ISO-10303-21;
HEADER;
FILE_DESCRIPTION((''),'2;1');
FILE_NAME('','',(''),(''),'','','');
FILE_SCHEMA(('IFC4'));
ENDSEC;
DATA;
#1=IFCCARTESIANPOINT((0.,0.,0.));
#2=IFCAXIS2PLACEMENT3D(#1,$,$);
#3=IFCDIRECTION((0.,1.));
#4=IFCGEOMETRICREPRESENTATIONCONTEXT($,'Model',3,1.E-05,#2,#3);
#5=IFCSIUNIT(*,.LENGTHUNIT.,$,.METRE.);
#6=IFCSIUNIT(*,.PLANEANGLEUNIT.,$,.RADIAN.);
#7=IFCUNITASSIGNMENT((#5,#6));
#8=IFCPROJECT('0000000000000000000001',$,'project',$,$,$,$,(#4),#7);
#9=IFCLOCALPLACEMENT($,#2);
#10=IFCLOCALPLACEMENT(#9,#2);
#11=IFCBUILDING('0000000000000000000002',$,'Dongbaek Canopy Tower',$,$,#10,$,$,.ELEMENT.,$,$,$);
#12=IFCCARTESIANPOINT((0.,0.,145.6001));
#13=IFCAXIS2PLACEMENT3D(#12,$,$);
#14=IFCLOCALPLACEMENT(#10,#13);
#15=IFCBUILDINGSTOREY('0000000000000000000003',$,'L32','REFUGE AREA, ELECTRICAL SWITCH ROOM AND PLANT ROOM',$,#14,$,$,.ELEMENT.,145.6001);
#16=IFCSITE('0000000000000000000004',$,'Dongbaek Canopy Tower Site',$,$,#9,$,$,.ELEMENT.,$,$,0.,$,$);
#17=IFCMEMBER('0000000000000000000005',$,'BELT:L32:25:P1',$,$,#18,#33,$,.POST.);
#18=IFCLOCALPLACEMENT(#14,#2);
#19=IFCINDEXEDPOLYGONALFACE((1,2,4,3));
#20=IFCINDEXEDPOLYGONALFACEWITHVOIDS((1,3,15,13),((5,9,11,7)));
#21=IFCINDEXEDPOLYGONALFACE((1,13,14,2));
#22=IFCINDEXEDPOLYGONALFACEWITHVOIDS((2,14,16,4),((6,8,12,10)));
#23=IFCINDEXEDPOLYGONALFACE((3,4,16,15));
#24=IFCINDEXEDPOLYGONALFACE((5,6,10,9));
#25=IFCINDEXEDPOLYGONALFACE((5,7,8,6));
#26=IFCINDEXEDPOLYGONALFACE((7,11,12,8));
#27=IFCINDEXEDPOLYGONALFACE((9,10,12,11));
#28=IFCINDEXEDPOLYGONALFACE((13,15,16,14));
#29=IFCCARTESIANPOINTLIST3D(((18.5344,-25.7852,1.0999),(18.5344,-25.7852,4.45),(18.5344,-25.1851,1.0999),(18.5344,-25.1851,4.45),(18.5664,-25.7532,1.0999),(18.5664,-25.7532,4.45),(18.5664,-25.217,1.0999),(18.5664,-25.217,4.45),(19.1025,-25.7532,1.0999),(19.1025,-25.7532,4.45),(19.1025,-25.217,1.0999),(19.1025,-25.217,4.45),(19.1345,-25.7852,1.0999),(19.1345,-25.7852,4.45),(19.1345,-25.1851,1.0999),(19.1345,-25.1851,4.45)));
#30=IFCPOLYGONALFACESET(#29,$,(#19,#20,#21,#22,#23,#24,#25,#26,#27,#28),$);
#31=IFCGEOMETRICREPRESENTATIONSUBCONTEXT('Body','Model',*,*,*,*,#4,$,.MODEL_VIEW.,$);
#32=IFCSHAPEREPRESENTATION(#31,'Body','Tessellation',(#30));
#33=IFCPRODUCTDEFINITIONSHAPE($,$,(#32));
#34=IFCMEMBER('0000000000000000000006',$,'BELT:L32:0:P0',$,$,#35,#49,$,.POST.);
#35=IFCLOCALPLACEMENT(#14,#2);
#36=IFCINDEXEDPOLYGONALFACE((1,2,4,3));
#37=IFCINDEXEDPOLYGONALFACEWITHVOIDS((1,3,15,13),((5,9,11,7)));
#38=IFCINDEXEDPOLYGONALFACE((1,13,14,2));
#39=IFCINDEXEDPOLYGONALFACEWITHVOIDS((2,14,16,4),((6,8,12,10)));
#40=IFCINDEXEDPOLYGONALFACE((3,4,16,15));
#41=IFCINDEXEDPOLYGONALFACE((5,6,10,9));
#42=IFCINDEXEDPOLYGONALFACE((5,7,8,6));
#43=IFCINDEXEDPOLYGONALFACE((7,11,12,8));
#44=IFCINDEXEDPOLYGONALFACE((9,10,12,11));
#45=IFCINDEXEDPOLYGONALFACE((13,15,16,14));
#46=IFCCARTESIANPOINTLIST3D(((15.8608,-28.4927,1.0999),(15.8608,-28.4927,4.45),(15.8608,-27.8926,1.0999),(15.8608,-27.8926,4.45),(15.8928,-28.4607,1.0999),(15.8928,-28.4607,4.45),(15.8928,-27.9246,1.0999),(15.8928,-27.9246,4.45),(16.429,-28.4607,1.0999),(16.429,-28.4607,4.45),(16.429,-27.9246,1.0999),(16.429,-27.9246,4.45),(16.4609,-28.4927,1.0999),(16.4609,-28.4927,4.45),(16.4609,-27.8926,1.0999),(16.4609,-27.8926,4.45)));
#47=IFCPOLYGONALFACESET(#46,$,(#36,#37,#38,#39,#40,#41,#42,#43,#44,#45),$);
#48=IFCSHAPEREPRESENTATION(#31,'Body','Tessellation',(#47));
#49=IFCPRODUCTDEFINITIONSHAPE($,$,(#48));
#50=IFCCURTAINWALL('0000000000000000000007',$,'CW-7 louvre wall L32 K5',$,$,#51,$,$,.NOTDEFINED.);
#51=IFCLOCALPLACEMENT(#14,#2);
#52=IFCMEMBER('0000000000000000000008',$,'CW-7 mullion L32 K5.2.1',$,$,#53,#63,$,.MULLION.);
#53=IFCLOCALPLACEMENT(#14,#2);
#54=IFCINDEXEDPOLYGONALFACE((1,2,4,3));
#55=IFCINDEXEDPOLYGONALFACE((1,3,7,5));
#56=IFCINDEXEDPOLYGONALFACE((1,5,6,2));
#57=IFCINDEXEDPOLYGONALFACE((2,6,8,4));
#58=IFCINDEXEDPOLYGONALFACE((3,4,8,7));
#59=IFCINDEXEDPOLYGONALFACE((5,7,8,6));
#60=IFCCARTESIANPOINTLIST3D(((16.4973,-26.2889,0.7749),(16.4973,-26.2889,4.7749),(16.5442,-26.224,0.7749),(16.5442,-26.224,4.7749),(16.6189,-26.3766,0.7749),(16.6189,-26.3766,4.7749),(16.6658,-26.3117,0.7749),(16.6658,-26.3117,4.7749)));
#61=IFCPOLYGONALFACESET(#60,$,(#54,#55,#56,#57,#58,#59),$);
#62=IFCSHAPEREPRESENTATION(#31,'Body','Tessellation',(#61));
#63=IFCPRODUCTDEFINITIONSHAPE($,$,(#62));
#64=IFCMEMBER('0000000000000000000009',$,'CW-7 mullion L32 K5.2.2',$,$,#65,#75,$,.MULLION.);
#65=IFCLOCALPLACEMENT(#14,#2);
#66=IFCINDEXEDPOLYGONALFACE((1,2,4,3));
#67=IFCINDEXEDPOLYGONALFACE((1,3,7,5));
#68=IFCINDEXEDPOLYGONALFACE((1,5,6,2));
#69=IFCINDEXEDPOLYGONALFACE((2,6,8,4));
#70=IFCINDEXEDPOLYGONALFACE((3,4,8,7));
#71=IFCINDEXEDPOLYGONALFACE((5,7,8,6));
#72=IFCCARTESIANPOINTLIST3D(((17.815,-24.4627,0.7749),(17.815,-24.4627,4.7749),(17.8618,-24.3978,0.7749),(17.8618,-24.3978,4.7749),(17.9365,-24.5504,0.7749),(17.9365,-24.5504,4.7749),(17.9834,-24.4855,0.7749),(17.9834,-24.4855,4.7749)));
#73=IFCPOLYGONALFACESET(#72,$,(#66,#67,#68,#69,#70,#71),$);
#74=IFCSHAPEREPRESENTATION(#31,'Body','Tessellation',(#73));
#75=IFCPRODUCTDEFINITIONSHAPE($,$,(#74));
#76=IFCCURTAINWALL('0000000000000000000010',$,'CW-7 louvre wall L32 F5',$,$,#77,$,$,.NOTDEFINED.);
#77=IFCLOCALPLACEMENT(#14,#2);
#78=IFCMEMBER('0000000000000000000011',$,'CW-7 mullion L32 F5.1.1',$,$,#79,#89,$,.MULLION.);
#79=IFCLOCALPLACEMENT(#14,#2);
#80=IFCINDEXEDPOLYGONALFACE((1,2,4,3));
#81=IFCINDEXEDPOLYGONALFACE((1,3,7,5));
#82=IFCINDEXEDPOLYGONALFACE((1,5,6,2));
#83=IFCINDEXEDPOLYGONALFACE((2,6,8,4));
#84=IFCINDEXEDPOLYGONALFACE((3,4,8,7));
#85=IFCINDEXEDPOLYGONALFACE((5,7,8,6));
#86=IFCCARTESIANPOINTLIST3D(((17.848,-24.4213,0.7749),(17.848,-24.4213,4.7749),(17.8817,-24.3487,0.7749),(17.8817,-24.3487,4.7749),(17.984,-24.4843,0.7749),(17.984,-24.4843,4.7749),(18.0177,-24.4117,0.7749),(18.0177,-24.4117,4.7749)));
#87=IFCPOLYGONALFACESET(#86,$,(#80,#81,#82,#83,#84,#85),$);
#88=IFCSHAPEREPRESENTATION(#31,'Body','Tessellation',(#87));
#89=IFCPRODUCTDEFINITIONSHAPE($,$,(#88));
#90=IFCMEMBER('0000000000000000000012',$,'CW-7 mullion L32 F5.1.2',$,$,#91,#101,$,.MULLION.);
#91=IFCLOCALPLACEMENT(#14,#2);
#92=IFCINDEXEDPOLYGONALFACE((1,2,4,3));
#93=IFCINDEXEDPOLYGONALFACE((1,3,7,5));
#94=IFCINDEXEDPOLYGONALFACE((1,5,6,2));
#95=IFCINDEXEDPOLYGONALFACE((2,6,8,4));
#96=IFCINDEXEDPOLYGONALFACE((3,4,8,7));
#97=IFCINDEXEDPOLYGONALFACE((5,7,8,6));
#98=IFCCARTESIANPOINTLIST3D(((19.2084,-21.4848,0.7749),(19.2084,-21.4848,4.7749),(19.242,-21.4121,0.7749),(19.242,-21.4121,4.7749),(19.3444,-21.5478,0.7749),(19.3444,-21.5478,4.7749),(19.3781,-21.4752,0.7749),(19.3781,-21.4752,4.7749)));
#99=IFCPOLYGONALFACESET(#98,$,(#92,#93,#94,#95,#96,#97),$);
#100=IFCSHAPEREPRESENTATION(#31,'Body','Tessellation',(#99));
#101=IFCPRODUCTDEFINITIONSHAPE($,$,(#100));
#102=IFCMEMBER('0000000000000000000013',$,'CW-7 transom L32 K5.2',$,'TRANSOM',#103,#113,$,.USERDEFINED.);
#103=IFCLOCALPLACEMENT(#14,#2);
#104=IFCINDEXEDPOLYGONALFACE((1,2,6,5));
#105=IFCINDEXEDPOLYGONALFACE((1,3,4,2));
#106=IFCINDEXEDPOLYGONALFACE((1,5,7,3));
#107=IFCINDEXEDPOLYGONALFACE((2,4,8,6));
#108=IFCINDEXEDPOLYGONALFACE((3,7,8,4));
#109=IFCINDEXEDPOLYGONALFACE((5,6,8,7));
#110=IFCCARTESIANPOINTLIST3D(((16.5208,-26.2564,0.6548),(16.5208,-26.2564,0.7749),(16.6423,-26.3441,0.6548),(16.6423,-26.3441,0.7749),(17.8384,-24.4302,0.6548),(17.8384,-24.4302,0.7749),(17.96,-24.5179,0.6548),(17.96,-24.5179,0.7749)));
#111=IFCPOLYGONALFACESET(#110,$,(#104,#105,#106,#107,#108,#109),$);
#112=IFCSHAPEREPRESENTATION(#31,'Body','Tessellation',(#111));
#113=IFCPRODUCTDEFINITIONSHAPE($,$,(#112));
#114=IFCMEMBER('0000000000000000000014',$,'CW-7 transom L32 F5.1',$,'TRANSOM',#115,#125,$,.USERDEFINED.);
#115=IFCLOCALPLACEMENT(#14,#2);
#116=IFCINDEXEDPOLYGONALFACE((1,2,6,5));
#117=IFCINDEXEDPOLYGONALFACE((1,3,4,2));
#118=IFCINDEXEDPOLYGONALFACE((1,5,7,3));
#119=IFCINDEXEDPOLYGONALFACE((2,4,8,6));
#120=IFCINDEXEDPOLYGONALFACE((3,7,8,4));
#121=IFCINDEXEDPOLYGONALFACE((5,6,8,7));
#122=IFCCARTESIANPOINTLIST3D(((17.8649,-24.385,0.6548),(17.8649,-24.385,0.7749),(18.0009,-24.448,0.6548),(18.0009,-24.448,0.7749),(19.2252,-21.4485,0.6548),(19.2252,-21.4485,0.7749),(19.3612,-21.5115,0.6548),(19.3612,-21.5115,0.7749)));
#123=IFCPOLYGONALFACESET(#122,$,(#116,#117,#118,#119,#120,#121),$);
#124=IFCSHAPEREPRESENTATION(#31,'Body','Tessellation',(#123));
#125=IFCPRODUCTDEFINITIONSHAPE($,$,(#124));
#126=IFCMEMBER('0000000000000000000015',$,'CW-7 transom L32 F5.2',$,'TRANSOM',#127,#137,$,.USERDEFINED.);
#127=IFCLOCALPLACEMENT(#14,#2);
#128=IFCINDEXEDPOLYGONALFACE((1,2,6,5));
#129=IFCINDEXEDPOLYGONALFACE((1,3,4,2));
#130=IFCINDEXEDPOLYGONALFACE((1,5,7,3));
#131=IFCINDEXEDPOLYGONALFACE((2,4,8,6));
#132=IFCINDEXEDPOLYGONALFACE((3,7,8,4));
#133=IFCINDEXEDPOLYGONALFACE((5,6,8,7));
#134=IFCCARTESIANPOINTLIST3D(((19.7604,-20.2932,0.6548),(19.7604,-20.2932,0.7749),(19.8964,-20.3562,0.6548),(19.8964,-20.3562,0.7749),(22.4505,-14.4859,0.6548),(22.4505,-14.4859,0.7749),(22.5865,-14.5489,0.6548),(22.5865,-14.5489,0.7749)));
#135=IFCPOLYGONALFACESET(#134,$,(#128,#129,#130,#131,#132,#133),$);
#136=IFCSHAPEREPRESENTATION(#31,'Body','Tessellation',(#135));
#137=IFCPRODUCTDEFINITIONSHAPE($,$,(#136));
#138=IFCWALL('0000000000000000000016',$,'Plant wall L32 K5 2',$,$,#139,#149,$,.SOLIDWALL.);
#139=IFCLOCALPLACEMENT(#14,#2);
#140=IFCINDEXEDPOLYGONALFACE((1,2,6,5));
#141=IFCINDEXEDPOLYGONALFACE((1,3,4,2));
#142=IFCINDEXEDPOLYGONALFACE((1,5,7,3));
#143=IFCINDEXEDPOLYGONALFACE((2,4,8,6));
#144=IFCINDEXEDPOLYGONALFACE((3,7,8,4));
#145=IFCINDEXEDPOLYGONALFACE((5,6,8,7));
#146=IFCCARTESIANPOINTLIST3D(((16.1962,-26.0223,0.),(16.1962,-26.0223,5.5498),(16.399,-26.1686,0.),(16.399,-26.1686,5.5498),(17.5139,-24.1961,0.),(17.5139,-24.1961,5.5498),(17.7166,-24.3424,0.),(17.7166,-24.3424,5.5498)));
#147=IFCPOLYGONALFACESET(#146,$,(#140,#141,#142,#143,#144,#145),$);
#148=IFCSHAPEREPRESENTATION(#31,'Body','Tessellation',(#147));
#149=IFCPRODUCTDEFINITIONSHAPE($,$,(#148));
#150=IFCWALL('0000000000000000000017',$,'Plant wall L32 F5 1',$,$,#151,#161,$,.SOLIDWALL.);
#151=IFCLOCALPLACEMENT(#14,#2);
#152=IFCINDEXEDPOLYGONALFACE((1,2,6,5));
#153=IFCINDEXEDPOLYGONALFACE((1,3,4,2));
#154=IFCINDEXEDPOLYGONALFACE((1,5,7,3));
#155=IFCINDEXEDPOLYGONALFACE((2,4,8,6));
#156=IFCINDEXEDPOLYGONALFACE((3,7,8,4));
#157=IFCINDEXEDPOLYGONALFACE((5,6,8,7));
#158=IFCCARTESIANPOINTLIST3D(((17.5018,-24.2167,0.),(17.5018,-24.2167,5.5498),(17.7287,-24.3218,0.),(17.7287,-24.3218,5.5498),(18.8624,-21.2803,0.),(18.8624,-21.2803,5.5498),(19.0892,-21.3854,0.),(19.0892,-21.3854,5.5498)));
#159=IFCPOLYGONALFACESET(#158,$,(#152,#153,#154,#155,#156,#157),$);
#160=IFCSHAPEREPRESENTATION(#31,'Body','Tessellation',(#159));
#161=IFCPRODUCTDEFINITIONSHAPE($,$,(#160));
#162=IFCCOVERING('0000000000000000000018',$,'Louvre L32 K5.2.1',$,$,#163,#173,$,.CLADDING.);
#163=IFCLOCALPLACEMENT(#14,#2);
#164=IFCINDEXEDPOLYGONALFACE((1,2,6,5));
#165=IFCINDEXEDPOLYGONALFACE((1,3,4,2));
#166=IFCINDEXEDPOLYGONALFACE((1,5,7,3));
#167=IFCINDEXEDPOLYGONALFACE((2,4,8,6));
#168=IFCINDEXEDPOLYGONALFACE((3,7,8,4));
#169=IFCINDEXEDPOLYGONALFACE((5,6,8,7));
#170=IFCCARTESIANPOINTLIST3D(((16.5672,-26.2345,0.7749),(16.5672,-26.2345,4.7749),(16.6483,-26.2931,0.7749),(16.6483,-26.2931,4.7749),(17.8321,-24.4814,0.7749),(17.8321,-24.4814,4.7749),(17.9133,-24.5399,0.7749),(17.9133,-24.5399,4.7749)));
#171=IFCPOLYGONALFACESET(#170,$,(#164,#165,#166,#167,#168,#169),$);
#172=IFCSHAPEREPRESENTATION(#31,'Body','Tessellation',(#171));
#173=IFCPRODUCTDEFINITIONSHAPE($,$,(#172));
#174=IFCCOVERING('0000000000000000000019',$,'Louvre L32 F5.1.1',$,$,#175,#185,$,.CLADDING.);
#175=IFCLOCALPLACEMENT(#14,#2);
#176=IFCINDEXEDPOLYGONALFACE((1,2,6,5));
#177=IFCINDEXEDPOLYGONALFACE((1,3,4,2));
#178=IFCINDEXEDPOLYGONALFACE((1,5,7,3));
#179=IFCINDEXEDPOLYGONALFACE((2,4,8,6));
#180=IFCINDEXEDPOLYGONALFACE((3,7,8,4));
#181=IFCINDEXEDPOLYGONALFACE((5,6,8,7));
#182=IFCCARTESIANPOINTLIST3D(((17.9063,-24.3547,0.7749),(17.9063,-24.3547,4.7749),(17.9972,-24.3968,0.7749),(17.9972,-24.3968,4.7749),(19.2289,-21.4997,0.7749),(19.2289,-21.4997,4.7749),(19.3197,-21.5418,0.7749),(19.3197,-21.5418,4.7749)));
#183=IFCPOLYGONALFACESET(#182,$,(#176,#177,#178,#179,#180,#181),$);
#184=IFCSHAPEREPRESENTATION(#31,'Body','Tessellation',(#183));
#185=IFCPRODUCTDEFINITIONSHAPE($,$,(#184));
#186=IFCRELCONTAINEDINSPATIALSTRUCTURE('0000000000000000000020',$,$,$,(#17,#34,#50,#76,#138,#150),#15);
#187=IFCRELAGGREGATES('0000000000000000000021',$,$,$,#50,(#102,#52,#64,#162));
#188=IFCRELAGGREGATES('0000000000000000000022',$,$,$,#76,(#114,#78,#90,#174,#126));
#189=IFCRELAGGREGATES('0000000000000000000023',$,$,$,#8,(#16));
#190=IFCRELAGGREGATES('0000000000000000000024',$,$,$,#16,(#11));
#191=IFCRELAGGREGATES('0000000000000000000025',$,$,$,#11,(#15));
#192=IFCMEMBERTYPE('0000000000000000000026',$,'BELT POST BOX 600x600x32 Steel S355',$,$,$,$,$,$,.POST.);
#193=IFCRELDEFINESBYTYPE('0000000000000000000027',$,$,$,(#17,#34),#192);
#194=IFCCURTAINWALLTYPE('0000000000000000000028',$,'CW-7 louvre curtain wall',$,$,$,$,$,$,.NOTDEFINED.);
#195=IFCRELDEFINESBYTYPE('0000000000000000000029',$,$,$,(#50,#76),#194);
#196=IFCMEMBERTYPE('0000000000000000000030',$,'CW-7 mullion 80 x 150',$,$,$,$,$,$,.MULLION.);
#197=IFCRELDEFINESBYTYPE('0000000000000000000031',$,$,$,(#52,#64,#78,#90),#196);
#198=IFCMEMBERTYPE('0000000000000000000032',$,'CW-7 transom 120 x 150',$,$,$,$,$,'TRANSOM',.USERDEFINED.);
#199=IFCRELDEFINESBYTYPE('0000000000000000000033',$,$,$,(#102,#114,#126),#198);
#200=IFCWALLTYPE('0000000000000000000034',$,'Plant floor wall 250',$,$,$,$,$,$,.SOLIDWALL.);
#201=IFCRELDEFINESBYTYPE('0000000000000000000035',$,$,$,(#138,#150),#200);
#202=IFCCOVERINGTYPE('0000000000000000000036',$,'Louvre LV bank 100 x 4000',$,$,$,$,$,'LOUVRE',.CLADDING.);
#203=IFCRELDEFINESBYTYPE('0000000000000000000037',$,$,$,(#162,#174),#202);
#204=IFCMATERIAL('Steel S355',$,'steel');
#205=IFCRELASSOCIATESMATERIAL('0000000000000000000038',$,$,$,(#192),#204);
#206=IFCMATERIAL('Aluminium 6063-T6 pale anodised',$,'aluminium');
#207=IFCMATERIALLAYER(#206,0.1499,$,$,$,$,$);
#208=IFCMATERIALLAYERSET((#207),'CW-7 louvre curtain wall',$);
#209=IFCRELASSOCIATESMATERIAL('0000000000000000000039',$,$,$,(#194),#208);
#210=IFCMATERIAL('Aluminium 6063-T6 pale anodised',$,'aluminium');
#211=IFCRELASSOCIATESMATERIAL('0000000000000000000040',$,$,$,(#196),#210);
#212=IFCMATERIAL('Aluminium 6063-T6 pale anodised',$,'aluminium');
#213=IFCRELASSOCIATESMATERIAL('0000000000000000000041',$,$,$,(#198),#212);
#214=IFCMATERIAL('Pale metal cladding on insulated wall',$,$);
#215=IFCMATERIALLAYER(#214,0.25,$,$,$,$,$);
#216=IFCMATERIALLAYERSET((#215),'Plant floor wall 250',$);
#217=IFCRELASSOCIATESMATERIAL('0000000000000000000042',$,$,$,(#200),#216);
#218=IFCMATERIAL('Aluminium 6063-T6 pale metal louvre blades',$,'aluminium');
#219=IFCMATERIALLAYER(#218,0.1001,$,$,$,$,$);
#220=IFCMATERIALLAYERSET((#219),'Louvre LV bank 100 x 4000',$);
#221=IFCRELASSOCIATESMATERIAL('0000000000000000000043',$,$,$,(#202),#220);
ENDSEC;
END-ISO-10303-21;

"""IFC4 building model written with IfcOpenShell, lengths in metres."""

from ifc_helpers import new_model, si_unit, direction, frame, frame_2d, origin, origin_2d, place, context, subcontext, project, spatial, rectangle, hollow_rectangle, extrude, material, layer, layer_set, material_profile, profile_set, type_object, element, aggregate, save


model = new_model("IFC4")

# Units and contexts
model_context = context("Model", 3, precision=1e-05, world=origin(), true_north=direction((0.0, 1.0)))
body_context = subcontext(model_context, "Body", "Model", "MODEL_VIEW")
ifc_project = project(units=[si_unit("LENGTHUNIT", "METRE"), si_unit("PLANEANGLEUNIT", "RADIAN")], contexts=[model_context])

# Site, building, storey
site_placement = place(None, origin())
site = spatial("IfcSite", under=ifc_project, at=site_placement, Name="Dongbaek Canopy Tower Site", CompositionType="ELEMENT", RefElevation=0.0)
building_placement = place(site_placement, origin())
building = spatial("IfcBuilding", under=site, at=building_placement, Name="Dongbaek Canopy Tower", CompositionType="ELEMENT")
storey_placement = place(building_placement, frame((0.0, 0.0, 145.6001)))
storey = spatial("IfcBuildingStorey", under=building, at=storey_placement, Name="L32", Description="REFUGE AREA, ELECTRICAL SWITCH ROOM AND PLANT ROOM", CompositionType="ELEMENT", Elevation=145.6001)

# Members
ifc_material_1 = material(Name="Steel S355", Category="steel")
ifc_material_profile_1 = material_profile(ifc_material_1, hollow_rectangle(XDim=0.6001, YDim=0.6001, WallThickness=0.032, at=origin_2d()), Name="BELT POST BOX 600x600x32 Steel S355")
ifc_profile_set_1 = profile_set([ifc_material_profile_1], Name="Steel S355")
member_type_1 = type_object("IfcMemberType", Name="BELT POST BOX 600x600x32 Steel S355", PredefinedType="POST", material=ifc_profile_set_1)
for number, where, z_axis, x_axis, name in (
    (1, (18.8345, -25.4851, 1.0999), (0.0, 0.0, 1.0), (1.0, 0.0, 0.0), "BELT:L32:25:P1"),
    (2, (16.1609, -28.1926, 1.0999), (0.0, 0.0, 1.0), (1.0, 0.0, 0.0), "BELT:L32:0:P0"),
):
    element("IfcMember", number, at=place(storey_placement, frame(where, z_axis=z_axis, x_axis=x_axis)), inside=storey, type_object=member_type_1, Name=name, PredefinedType="POST", context=body_context, shape_type="SweptSolid", body=[
        extrude(hollow_rectangle(XDim=0.6001, YDim=0.6001, WallThickness=0.032, at=origin_2d()), origin(), (0.0, 0.0, 1.0), 3.3501),
    ])

# Curtain walls, members
ifc_material_2 = material(Name="Aluminium 6063-T6 pale anodised", Category="aluminium")
ifc_layer_1 = layer(ifc_material_2, 0.1499)
ifc_layer_set_1 = layer_set([ifc_layer_1], Name="CW-7 louvre curtain wall")
curtain_wall_type = type_object("IfcCurtainWallType", Name="CW-7 louvre curtain wall", PredefinedType="NOTDEFINED", material=ifc_layer_set_1)
curtain_wall_1_placement = place(storey_placement, origin())
curtain_wall_1 = element("IfcCurtainWall", 3, at=curtain_wall_1_placement, inside=storey, type_object=curtain_wall_type, Name="CW-7 louvre wall L32 K5", PredefinedType="NOTDEFINED")
ifc_material_3 = material(Name="Aluminium 6063-T6 pale anodised", Category="aluminium")
ifc_material_profile_2 = material_profile(ifc_material_3, rectangle(XDim=0.1499, YDim=0.0801, at=origin_2d()), Name="CW-7 mullion 80 x 150")
ifc_profile_set_2 = profile_set([ifc_material_profile_2], Name="Aluminium 6063-T6 pale anodised")
member_type_2 = type_object("IfcMemberType", Name="CW-7 mullion 80 x 150", PredefinedType="MULLION", material=ifc_profile_set_2)
member_1_placement = place(storey_placement, frame((16.5815, -26.3003, 0.7749), z_axis=(0.0, 0.0, 1.0), x_axis=(0.810937, -0.585133, 0.0)))
member_1 = element("IfcMember", 4, at=member_1_placement, type_object=member_type_2, Name="CW-7 mullion L32 K5.2.1", PredefinedType="MULLION", context=body_context, shape_type="SweptSolid", body=[
    extrude(rectangle(XDim=0.1499, YDim=0.0801, at=origin_2d()), origin(), (0.0, 0.0, 1.0), 4.0),
])
member_2_placement = place(storey_placement, frame((17.8992, -24.4741, 0.7749), z_axis=(0.0, 0.0, 1.0), x_axis=(0.810937, -0.585133, 0.0)))
member_2 = element("IfcMember", 5, at=member_2_placement, type_object=member_type_2, Name="CW-7 mullion L32 K5.2.2", PredefinedType="MULLION", context=body_context, shape_type="SweptSolid", body=[
    extrude(rectangle(XDim=0.1499, YDim=0.0801, at=origin_2d()), origin(), (0.0, 0.0, 1.0), 4.0),
])
curtain_wall_2_placement = place(storey_placement, origin())
curtain_wall_2 = element("IfcCurtainWall", 6, at=curtain_wall_2_placement, inside=storey, type_object=curtain_wall_type, Name="CW-7 louvre wall L32 F5", PredefinedType="NOTDEFINED")
member_3_placement = place(storey_placement, frame((17.9329, -24.4165, 0.7749), z_axis=(0.0, 0.0, 1.0), x_axis=(0.907369, -0.420334, 0.0)))
member_3 = element("IfcMember", 7, at=member_3_placement, type_object=member_type_2, Name="CW-7 mullion L32 F5.1.1", PredefinedType="MULLION", context=body_context, shape_type="SweptSolid", body=[
    extrude(rectangle(XDim=0.1499, YDim=0.0801, at=origin_2d()), origin(), (0.0, 0.0, 1.0), 4.0),
])
member_4_placement = place(storey_placement, frame((19.2932, -21.48, 0.7749), z_axis=(0.0, 0.0, 1.0), x_axis=(0.907369, -0.420334, 0.0)))
member_4 = element("IfcMember", 8, at=member_4_placement, type_object=member_type_2, Name="CW-7 mullion L32 F5.1.2", PredefinedType="MULLION", context=body_context, shape_type="SweptSolid", body=[
    extrude(rectangle(XDim=0.1499, YDim=0.0801, at=origin_2d()), origin(), (0.0, 0.0, 1.0), 4.0),
])

# Members
ifc_material_4 = material(Name="Aluminium 6063-T6 pale anodised", Category="aluminium")
ifc_material_profile_3 = material_profile(ifc_material_4, rectangle(XDim=0.1499, YDim=0.1201, at=origin_2d()), Name="CW-7 transom 120 x 150")
ifc_profile_set_3 = profile_set([ifc_material_profile_3], Name="Aluminium 6063-T6 pale anodised")
member_type_3 = type_object("IfcMemberType", Name="CW-7 transom 120 x 150", ElementType="TRANSOM", PredefinedType="USERDEFINED", material=ifc_profile_set_3)
member_5_placement = place(storey_placement, frame((16.5815, -26.3003, 0.7148), z_axis=(0.585118, 0.810948, 0.0), x_axis=(-0.810948, 0.585118, 0.0)))
member_5 = element("IfcMember", 9, at=member_5_placement, type_object=member_type_3, Name="CW-7 transom L32 K5.2", ObjectType="TRANSOM", PredefinedType="USERDEFINED", context=body_context, shape_type="SweptSolid", body=[
    extrude(rectangle(XDim=0.1499, YDim=0.1201, at=origin_2d()), origin(), (0.0, 0.0, 1.0), 2.252),
])
member_6_placement = place(storey_placement, frame((17.9329, -24.4165, 0.7148), z_axis=(0.42034, 0.907367, 0.0), x_axis=(-0.907367, 0.42034, 0.0)))
member_6 = element("IfcMember", 10, at=member_6_placement, type_object=member_type_3, Name="CW-7 transom L32 F5.1", ObjectType="TRANSOM", PredefinedType="USERDEFINED", context=body_context, shape_type="SweptSolid", body=[
    extrude(rectangle(XDim=0.1499, YDim=0.1201, at=origin_2d()), origin(), (0.0, 0.0, 1.0), 3.2363),
])
member_7_placement = place(storey_placement, frame((19.8284, -20.3247, 0.7148), z_axis=(0.420328, 0.907372, 0.0), x_axis=(-0.907372, 0.420328, 0.0)))
member_7 = element("IfcMember", 11, at=member_7_placement, type_object=member_type_3, Name="CW-7 transom L32 F5.2", ObjectType="TRANSOM", PredefinedType="USERDEFINED", context=body_context, shape_type="SweptSolid", body=[
    extrude(rectangle(XDim=0.1499, YDim=0.1201, at=origin_2d()), origin(), (0.0, 0.0, 1.0), 6.4001),
])

# Walls
ifc_material_5 = material(Name="Pale metal cladding on insulated wall")
ifc_layer_2 = layer(ifc_material_5, 0.25)
ifc_layer_set_2 = layer_set([ifc_layer_2], Name="Plant floor wall 250")
wall_type = type_object("IfcWallType", Name="Plant floor wall 250", PredefinedType="SOLIDWALL", material=ifc_layer_set_2)
wall_1_placement = place(storey_placement, frame((16.2976, -26.0955, 0.0), z_axis=(0.0, 0.0, 1.0), x_axis=(0.585118, 0.810948, 0.0)))
element("IfcWall", 12, at=wall_1_placement, inside=storey, type_object=wall_type, Name="Plant wall L32 K5 2", PredefinedType="SOLIDWALL", context=body_context, shape_type="SweptSolid", body=[
    extrude(rectangle(XDim=2.252, YDim=0.25, at=frame_2d((1.126, 0.0))), origin(), (0.0, 0.0, 1.0), 5.5498),
])
wall_2_placement = place(storey_placement, frame((17.6152, -24.2693, 0.0), z_axis=(0.0, 0.0, 1.0), x_axis=(0.420402, 0.907338, 0.0)))
element("IfcWall", 13, at=wall_2_placement, inside=storey, type_object=wall_type, Name="Plant wall L32 F5 1", PredefinedType="SOLIDWALL", context=body_context, shape_type="SweptSolid", body=[
    extrude(rectangle(XDim=3.2363, YDim=0.25, at=frame_2d((1.6182, 0.0))), origin(), (0.0, 0.0, 1.0), 5.5498),
])

# Coverings
ifc_material_6 = material(Name="Aluminium 6063-T6 pale metal louvre blades", Category="aluminium")
ifc_layer_3 = layer(ifc_material_6, 0.1001)
ifc_layer_set_3 = layer_set([ifc_layer_3], Name="Louvre LV bank 100 x 4000")
covering_type = type_object("IfcCoveringType", Name="Louvre LV bank 100 x 4000", ElementType="LOUVRE", PredefinedType="CLADDING", material=ifc_layer_set_3)
covering_1_placement = place(storey_placement, frame((17.2402, -25.3872, 0.7749), z_axis=(0.0, 0.0, 1.0), x_axis=(0.585133, 0.810937, 0.0)))
covering_1 = element("IfcCovering", 14, at=covering_1_placement, type_object=covering_type, Name="Louvre L32 K5.2.1", PredefinedType="CLADDING", context=body_context, shape_type="SweptSolid", body=[
    extrude(rectangle(XDim=2.1619, YDim=0.1001, at=origin_2d()), origin(), (0.0, 0.0, 1.0), 4.0),
])
covering_2_placement = place(storey_placement, frame((18.613, -22.9482, 0.7749), z_axis=(0.0, 0.0, 1.0), x_axis=(0.420334, 0.907369, 0.0)))
covering_2 = element("IfcCovering", 15, at=covering_2_placement, type_object=covering_type, Name="Louvre L32 F5.1.1", PredefinedType="CLADDING", context=body_context, shape_type="SweptSolid", body=[
    extrude(rectangle(XDim=3.1465, YDim=0.1001, at=origin_2d()), origin(), (0.0, 0.0, 1.0), 4.0),
])

aggregate(curtain_wall_1, [member_5, member_1, member_2, covering_1])
aggregate(curtain_wall_2, [member_6, member_3, member_4, covering_2, member_7])

save(model, "model.ifc")
